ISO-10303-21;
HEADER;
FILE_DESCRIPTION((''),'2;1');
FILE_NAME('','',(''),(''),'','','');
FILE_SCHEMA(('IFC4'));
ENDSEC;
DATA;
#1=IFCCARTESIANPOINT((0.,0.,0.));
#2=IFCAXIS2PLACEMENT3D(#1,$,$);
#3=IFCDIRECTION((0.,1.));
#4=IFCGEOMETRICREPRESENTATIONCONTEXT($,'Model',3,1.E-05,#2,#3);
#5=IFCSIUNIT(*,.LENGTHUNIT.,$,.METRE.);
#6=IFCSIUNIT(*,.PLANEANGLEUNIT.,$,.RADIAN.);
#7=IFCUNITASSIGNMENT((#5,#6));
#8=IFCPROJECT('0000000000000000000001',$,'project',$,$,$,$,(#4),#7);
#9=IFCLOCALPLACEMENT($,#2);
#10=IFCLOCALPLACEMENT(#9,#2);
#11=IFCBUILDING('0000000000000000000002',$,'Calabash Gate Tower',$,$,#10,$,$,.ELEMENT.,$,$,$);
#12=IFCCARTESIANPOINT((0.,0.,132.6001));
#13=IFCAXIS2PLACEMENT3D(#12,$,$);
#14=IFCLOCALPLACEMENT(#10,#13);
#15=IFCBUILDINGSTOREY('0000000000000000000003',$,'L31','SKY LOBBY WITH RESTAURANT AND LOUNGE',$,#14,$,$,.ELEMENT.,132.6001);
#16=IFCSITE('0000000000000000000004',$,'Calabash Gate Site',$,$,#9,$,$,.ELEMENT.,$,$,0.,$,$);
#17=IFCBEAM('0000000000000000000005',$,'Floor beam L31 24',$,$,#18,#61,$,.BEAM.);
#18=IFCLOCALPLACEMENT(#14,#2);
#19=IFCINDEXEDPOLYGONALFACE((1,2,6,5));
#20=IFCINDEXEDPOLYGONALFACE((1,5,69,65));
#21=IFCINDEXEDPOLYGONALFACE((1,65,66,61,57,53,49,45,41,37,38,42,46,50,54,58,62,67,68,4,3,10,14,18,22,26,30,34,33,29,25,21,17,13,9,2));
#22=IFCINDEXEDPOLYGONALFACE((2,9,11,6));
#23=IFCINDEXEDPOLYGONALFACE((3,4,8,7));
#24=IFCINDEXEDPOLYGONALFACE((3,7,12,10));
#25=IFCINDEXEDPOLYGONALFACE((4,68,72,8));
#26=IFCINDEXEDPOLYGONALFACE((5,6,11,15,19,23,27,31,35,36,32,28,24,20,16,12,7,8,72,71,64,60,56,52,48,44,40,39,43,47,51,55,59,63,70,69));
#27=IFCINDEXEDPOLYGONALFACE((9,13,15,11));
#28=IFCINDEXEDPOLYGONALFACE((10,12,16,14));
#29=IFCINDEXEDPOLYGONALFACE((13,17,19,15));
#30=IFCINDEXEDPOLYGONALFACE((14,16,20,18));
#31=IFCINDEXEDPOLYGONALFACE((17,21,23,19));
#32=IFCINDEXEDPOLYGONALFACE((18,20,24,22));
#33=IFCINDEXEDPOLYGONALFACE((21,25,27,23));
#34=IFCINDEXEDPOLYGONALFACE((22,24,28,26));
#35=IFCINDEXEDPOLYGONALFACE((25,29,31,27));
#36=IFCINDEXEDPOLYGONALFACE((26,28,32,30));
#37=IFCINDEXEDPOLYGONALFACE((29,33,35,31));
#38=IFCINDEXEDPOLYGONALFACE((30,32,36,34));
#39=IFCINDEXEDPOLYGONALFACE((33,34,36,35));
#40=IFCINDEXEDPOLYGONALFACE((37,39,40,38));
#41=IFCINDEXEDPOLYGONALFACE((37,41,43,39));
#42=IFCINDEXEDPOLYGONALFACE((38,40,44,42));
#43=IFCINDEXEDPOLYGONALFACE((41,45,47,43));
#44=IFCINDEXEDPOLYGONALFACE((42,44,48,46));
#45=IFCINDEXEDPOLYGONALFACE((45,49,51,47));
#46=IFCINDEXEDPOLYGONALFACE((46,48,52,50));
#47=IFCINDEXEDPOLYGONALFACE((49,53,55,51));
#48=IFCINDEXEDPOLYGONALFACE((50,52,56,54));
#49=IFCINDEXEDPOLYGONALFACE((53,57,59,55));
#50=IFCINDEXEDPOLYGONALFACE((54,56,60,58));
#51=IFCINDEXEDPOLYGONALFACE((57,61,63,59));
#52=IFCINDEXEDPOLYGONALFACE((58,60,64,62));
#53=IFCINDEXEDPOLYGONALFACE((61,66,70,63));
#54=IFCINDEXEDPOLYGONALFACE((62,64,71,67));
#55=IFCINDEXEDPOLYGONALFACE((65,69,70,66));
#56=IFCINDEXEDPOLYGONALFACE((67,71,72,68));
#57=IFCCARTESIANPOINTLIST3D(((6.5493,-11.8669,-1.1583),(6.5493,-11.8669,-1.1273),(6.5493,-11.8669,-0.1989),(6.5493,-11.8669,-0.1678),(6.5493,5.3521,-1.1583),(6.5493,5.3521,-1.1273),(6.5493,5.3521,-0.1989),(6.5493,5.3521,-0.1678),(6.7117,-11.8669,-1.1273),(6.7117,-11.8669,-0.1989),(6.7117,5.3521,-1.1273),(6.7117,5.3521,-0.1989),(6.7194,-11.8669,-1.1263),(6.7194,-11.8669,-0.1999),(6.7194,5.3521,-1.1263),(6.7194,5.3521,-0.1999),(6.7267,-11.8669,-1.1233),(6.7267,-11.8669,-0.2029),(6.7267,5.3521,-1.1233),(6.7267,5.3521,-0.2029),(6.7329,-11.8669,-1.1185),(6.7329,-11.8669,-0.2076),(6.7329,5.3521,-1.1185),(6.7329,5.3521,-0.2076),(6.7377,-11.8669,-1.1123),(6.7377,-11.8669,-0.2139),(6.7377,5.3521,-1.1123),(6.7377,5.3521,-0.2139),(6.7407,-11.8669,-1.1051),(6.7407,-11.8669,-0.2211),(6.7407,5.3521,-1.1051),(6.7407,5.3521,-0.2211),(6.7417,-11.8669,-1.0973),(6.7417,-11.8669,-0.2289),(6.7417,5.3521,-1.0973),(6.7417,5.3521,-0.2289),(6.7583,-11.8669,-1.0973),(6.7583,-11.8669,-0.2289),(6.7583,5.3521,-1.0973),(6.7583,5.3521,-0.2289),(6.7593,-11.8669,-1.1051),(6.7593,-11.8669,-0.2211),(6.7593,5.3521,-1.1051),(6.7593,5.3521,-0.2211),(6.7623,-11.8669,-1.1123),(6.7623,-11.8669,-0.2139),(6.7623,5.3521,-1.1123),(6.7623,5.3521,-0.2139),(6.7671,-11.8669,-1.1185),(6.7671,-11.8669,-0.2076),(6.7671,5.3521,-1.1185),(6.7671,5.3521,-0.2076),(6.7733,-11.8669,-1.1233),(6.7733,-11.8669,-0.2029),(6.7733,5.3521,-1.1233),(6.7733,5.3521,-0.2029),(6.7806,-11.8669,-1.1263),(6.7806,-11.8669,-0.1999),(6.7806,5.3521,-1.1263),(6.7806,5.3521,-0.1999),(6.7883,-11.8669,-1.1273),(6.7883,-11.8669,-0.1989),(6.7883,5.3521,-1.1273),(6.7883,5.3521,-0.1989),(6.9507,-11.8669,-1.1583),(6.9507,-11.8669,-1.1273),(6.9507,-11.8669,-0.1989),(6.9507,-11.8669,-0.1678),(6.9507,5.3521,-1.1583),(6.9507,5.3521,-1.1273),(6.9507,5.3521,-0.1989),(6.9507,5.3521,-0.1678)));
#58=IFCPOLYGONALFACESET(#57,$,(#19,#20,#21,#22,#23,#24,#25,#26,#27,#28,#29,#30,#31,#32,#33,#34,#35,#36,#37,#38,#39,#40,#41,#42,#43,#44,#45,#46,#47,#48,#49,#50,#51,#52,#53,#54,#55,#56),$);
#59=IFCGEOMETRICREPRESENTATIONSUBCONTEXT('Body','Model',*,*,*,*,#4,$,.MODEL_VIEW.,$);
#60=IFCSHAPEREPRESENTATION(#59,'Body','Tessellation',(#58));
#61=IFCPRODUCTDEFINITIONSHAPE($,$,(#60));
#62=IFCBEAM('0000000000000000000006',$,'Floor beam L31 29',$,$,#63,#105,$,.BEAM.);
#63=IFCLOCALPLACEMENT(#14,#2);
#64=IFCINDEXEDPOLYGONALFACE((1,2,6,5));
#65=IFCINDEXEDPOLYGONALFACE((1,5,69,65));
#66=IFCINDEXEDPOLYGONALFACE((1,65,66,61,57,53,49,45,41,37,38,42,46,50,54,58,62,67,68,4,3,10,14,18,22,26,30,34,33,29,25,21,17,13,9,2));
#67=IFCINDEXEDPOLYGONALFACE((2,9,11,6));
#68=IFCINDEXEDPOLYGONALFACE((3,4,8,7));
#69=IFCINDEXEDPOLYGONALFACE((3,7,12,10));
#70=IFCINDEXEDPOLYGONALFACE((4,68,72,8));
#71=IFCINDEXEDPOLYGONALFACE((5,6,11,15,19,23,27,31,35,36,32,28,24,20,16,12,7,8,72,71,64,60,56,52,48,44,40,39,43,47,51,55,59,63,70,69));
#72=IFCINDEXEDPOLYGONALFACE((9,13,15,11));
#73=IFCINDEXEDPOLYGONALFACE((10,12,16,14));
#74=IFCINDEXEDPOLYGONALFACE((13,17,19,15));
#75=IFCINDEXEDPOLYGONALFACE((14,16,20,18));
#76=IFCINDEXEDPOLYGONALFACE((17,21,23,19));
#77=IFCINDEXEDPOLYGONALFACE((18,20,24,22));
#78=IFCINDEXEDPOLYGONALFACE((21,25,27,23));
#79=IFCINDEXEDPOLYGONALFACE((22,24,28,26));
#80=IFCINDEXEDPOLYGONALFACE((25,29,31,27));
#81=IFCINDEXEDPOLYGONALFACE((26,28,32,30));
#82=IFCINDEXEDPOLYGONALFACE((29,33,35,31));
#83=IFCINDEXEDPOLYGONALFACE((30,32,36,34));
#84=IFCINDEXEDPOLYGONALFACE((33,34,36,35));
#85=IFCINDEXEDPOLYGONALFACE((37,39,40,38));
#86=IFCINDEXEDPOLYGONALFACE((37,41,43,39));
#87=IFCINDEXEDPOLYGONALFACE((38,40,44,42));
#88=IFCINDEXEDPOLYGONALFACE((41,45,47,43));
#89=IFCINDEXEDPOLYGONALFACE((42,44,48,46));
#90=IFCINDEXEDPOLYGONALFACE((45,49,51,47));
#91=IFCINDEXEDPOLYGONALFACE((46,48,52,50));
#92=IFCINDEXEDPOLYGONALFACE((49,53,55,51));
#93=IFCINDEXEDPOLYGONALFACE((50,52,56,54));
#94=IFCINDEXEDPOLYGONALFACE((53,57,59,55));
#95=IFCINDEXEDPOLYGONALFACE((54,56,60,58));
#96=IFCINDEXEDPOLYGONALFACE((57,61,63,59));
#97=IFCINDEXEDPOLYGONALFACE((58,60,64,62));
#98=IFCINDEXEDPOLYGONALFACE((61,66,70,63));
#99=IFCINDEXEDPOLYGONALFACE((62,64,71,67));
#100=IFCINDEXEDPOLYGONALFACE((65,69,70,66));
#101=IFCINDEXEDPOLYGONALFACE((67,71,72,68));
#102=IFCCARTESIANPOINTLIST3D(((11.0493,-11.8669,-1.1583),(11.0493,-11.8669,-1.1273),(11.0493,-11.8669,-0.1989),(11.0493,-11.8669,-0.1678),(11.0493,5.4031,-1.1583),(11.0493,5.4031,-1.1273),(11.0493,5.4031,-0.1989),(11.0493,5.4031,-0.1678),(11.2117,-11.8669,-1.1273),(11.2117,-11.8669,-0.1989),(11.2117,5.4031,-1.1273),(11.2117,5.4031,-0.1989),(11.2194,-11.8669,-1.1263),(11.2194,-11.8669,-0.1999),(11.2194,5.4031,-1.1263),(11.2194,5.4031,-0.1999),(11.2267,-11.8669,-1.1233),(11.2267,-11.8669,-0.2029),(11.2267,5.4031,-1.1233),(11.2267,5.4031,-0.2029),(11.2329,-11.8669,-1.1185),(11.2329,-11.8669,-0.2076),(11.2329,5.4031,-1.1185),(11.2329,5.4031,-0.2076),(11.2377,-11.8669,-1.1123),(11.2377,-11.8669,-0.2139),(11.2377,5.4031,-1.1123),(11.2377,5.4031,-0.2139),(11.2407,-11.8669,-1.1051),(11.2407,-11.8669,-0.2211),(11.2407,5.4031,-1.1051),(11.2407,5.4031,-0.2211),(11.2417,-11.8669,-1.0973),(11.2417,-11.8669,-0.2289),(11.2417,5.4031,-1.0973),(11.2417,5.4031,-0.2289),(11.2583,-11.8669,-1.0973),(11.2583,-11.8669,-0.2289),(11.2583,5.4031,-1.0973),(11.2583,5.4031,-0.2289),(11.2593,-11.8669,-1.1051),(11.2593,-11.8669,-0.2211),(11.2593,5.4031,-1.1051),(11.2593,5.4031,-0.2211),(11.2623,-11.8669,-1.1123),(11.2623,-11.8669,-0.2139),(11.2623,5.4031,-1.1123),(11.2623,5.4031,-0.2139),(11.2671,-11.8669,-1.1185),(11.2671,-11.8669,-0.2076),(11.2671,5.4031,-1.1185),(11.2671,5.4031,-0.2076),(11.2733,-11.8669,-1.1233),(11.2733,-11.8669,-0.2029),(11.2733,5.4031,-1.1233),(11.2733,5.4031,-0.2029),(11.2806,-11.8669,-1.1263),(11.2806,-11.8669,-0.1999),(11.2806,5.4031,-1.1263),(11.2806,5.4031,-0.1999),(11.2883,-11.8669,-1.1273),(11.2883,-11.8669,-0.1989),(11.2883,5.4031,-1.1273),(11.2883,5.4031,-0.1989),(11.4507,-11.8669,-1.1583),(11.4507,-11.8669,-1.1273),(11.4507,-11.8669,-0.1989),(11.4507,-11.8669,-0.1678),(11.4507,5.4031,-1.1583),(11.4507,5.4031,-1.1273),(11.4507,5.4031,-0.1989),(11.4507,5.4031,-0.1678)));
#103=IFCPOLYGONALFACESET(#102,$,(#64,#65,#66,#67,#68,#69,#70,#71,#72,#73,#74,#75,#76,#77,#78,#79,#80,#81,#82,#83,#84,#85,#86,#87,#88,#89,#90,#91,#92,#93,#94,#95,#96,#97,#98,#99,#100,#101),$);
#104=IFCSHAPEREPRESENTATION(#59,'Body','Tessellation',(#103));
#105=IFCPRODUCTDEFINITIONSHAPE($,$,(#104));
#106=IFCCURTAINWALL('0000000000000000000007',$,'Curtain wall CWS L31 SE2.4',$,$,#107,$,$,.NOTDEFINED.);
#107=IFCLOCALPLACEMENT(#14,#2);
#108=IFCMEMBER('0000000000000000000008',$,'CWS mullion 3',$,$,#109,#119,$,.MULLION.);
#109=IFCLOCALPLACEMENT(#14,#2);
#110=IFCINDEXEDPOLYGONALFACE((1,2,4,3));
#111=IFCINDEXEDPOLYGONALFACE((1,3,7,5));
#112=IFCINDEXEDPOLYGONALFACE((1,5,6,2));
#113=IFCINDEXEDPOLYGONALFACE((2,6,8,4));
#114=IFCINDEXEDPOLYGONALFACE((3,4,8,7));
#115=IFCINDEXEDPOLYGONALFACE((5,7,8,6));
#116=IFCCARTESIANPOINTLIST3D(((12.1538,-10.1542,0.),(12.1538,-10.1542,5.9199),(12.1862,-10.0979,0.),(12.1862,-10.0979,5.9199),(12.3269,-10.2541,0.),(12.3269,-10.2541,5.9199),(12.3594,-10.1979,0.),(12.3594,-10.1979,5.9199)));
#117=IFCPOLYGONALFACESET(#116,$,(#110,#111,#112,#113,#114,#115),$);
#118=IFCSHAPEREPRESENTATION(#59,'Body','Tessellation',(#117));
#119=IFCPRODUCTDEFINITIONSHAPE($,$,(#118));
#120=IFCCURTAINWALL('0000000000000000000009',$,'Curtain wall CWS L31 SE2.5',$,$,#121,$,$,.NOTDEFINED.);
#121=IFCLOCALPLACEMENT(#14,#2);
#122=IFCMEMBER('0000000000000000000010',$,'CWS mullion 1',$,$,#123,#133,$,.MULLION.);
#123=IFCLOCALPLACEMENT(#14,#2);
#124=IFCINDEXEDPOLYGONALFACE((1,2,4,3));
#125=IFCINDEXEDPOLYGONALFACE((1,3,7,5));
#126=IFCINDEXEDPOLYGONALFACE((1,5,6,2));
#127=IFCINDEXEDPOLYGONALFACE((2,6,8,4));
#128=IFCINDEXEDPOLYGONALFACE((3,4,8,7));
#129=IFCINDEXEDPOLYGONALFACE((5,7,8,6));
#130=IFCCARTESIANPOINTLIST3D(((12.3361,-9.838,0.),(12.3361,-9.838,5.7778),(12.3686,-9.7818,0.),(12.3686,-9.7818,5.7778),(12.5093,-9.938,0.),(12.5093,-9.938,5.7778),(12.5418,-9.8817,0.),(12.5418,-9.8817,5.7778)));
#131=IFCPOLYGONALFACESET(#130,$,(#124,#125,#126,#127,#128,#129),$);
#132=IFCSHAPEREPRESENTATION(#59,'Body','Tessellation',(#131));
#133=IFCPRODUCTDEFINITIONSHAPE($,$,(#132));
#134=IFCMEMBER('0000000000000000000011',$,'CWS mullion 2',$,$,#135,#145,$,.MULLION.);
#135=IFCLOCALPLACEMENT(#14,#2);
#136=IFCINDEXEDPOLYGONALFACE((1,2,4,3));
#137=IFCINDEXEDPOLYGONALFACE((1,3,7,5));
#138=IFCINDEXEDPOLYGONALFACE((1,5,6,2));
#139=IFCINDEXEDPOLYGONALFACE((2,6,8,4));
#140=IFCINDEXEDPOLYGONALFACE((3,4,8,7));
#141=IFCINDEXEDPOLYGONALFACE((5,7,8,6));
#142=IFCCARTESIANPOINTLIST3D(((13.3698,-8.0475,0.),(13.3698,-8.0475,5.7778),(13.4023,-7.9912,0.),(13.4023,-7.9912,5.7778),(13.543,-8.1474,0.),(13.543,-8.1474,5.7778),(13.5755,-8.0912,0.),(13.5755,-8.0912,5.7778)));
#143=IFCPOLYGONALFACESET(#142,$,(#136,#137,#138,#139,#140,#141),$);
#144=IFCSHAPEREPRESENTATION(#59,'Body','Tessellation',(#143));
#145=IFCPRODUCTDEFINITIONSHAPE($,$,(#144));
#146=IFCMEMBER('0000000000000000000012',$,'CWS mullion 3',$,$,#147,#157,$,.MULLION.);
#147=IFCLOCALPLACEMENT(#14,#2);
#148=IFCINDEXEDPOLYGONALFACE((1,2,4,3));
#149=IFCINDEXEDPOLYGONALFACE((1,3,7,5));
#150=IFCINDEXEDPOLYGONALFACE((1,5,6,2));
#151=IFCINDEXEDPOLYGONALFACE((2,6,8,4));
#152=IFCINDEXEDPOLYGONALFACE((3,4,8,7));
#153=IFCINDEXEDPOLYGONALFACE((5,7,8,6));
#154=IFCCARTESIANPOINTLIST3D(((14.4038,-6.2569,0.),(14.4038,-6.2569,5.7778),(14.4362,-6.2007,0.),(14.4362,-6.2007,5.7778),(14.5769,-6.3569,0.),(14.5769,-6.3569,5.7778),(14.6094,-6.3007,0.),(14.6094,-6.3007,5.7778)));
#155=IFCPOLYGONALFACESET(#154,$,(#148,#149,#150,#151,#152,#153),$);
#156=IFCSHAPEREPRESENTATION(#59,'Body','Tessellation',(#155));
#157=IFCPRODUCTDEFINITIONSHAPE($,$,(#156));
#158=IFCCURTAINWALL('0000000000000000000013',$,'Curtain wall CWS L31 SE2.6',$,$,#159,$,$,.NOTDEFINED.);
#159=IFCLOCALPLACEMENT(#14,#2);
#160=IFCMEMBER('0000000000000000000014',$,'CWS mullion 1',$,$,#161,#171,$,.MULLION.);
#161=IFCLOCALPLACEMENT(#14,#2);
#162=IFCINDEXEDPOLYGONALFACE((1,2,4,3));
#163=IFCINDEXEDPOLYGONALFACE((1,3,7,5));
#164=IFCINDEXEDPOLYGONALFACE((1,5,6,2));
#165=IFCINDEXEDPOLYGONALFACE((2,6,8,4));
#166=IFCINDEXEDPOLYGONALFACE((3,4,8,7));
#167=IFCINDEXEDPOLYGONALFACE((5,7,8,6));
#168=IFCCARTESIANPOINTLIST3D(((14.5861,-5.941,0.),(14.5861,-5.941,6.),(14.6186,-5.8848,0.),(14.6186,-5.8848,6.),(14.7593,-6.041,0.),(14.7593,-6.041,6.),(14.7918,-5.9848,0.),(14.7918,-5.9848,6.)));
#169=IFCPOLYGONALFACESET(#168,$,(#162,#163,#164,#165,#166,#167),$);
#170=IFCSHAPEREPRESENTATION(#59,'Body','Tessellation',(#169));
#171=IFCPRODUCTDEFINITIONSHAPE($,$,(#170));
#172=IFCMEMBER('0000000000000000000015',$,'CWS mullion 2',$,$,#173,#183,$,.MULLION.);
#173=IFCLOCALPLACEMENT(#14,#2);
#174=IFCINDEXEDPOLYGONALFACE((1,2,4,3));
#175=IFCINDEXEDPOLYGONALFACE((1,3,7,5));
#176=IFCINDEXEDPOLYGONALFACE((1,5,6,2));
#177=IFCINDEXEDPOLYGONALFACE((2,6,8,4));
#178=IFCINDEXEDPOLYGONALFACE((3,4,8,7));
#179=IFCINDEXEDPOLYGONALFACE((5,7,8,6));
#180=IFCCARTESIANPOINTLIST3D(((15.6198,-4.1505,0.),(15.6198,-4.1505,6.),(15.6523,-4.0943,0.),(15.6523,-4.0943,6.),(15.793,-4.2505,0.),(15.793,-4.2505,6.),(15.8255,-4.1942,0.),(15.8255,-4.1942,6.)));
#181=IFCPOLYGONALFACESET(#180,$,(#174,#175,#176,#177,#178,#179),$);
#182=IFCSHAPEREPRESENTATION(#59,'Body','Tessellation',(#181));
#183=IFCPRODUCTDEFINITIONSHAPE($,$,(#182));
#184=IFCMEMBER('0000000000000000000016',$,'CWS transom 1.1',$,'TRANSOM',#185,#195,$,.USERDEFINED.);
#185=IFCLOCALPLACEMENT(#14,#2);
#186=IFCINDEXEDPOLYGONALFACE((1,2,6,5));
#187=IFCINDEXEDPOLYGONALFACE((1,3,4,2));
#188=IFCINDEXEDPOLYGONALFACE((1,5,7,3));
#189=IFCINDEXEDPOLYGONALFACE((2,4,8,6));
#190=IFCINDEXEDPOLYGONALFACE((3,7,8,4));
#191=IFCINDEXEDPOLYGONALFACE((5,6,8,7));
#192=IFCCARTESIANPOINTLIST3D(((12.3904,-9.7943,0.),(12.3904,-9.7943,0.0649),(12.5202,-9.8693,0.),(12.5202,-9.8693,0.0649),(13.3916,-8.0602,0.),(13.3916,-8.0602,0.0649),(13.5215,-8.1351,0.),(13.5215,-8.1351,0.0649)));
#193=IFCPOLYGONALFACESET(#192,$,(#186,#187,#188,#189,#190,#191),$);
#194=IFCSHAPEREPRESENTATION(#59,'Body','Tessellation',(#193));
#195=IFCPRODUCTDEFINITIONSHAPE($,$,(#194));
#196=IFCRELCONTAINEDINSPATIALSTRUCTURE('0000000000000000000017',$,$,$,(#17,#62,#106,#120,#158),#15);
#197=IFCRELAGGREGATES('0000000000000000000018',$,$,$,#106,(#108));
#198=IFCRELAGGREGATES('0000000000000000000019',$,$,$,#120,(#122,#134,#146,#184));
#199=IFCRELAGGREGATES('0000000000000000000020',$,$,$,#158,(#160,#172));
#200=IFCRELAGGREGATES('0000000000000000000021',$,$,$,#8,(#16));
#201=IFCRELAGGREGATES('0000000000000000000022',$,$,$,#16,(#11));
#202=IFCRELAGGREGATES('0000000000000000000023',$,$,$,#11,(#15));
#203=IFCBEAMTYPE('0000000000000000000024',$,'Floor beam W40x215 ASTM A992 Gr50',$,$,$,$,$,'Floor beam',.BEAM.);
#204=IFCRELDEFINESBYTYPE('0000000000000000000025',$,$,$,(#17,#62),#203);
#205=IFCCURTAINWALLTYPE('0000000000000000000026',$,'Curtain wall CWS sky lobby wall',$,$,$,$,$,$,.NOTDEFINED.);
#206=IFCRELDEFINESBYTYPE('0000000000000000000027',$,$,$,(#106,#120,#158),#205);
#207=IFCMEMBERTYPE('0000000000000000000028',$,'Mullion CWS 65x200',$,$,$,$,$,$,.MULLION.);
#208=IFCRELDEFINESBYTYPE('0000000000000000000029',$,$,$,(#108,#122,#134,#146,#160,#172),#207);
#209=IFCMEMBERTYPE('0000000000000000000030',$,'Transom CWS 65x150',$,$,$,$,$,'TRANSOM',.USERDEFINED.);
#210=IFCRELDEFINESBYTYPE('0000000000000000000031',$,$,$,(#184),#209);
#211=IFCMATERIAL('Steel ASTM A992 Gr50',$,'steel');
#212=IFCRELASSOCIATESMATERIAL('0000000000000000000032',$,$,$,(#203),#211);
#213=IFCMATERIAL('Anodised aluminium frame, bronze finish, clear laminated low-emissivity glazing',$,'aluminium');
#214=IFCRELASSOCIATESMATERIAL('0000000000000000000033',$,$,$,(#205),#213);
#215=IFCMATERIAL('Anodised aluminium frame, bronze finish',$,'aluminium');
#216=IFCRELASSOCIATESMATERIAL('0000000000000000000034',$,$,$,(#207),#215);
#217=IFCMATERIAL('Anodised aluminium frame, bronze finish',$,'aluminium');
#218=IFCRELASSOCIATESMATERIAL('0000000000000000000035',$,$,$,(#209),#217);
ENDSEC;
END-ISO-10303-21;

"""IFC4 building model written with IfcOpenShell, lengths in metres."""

from ifc_helpers import new_model, si_unit, direction, frame, origin, origin_2d, place, context, subcontext, project, spatial, rectangle, i_section, extrude, material, material_profile, profile_set, type_object, element, aggregate, save


model = new_model("IFC4")

# Units and contexts
model_context = context("Model", 3, precision=1e-05, world=origin(), true_north=direction((0.0, 1.0)))
body_context = subcontext(model_context, "Body", "Model", "MODEL_VIEW")
ifc_project = project(units=[si_unit("LENGTHUNIT", "METRE"), si_unit("PLANEANGLEUNIT", "RADIAN")], contexts=[model_context])

# Site, building, storey
site_placement = place(None, origin())
site = spatial("IfcSite", under=ifc_project, at=site_placement, Name="Calabash Gate Site", CompositionType="ELEMENT", RefElevation=0.0)
building_placement = place(site_placement, origin())
building = spatial("IfcBuilding", under=site, at=building_placement, Name="Calabash Gate Tower", CompositionType="ELEMENT")
storey_placement = place(building_placement, frame((0.0, 0.0, 132.6001)))
storey = spatial("IfcBuildingStorey", under=building, at=storey_placement, Name="L31", Description="SKY LOBBY WITH RESTAURANT AND LOUNGE", CompositionType="ELEMENT", Elevation=132.6001)

# Beams
ifc_material_1 = material(Name="Steel ASTM A992 Gr50", Category="steel")
ifc_material_profile_1 = material_profile(ifc_material_1, i_section(OverallWidth=0.4014, OverallDepth=0.9905, WebThickness=0.0166, FlangeThickness=0.031, FilletRadius=0.03, at=origin_2d()))
ifc_profile_set_1 = profile_set([ifc_material_profile_1], Name="Steel ASTM A992 Gr50")
beam_type_1 = type_object("IfcBeamType", Name="Floor beam W40x215 ASTM A992 Gr50", ElementType="Floor beam", PredefinedType="BEAM", material=ifc_profile_set_1)
beam_1_placement = place(storey_placement, frame((6.75, -11.8669, -0.6631), z_axis=(0.0, 1.0, 0.0), x_axis=(-1.0, 0.0, 0.0)))
element("IfcBeam", 1, at=beam_1_placement, inside=storey, type_object=beam_type_1, Name="Floor beam L31 24", PredefinedType="BEAM", context=body_context, shape_type="SweptSolid", body=[
    extrude(i_section(OverallWidth=0.4014, OverallDepth=0.9905, WebThickness=0.0166, FlangeThickness=0.031, FilletRadius=0.03, at=origin_2d()), origin(), (0.0, 0.0, 1.0), 17.219),
])
beam_2_placement = place(storey_placement, frame((11.25, -11.8669, -0.6631), z_axis=(0.0, 1.0, 0.0), x_axis=(-1.0, 0.0, 0.0)))
element("IfcBeam", 2, at=beam_2_placement, inside=storey, type_object=beam_type_1, Name="Floor beam L31 29", PredefinedType="BEAM", context=body_context, shape_type="SweptSolid", body=[
    extrude(i_section(OverallWidth=0.4014, OverallDepth=0.9905, WebThickness=0.0166, FlangeThickness=0.031, FilletRadius=0.03, at=origin_2d()), origin(), (0.0, 0.0, 1.0), 17.27),
])

# Curtain wall, member
ifc_material_2 = material(Name="Anodised aluminium frame, bronze finish, clear laminated low-emissivity glazing", Category="aluminium")
curtain_wall_type = type_object("IfcCurtainWallType", Name="Curtain wall CWS sky lobby wall", PredefinedType="NOTDEFINED", material=ifc_material_2)
curtain_wall_1_placement = place(storey_placement, origin())
curtain_wall_1 = element("IfcCurtainWall", 3, at=curtain_wall_1_placement, inside=storey, type_object=curtain_wall_type, Name="Curtain wall CWS L31 SE2.4", PredefinedType="NOTDEFINED")
ifc_material_3 = material(Name="Anodised aluminium frame, bronze finish", Category="aluminium")
ifc_material_profile_2 = material_profile(ifc_material_3, rectangle(XDim=0.2, YDim=0.0649, at=origin_2d()))
ifc_profile_set_2 = profile_set([ifc_material_profile_2], Name="Anodised aluminium frame, bronze finish")
member_type_1 = type_object("IfcMemberType", Name="Mullion CWS 65x200", PredefinedType="MULLION", material=ifc_profile_set_2)
member_1_placement = place(storey_placement, frame((12.2566, -10.176, 0.0), z_axis=(0.0, 0.0, 1.0), x_axis=(-0.866025, 0.5, 0.0)))
member_1 = element("IfcMember", 4, at=member_1_placement, type_object=member_type_1, Name="CWS mullion 3", PredefinedType="MULLION", context=body_context, shape_type="SweptSolid", body=[
    extrude(rectangle(XDim=0.2, YDim=0.0649, at=origin_2d()), origin(), (0.0, 0.0, 1.0), 5.9199),
])

# Curtain walls, members
curtain_wall_2_placement = place(storey_placement, origin())
curtain_wall_2 = element("IfcCurtainWall", 5, at=curtain_wall_2_placement, inside=storey, type_object=curtain_wall_type, Name="Curtain wall CWS L31 SE2.5", PredefinedType="NOTDEFINED")
member_2_placement = place(storey_placement, frame((12.439, -9.8599, 0.0), z_axis=(0.0, 0.0, 1.0), x_axis=(-0.866025, 0.5, 0.0)))
member_2 = element("IfcMember", 6, at=member_2_placement, type_object=member_type_1, Name="CWS mullion 1", PredefinedType="MULLION", context=body_context, shape_type="SweptSolid", body=[
    extrude(rectangle(XDim=0.2, YDim=0.0649, at=origin_2d()), origin(), (0.0, 0.0, 1.0), 5.7778),
])
member_3_placement = place(storey_placement, frame((13.4727, -8.0693, 0.0), z_axis=(0.0, 0.0, 1.0), x_axis=(-0.866025, 0.5, 0.0)))
member_3 = element("IfcMember", 7, at=member_3_placement, type_object=member_type_1, Name="CWS mullion 2", PredefinedType="MULLION", context=body_context, shape_type="SweptSolid", body=[
    extrude(rectangle(XDim=0.2, YDim=0.0649, at=origin_2d()), origin(), (0.0, 0.0, 1.0), 5.7778),
])
member_4_placement = place(storey_placement, frame((14.5066, -6.2788, 0.0), z_axis=(0.0, 0.0, 1.0), x_axis=(-0.866025, 0.5, 0.0)))
member_4 = element("IfcMember", 8, at=member_4_placement, type_object=member_type_1, Name="CWS mullion 3", PredefinedType="MULLION", context=body_context, shape_type="SweptSolid", body=[
    extrude(rectangle(XDim=0.2, YDim=0.0649, at=origin_2d()), origin(), (0.0, 0.0, 1.0), 5.7778),
])
curtain_wall_3_placement = place(storey_placement, origin())
curtain_wall_3 = element("IfcCurtainWall", 9, at=curtain_wall_3_placement, inside=storey, type_object=curtain_wall_type, Name="Curtain wall CWS L31 SE2.6", PredefinedType="NOTDEFINED")
member_5_placement = place(storey_placement, frame((14.689, -5.9629, 0.0), z_axis=(0.0, 0.0, 1.0), x_axis=(-0.866025, 0.5, 0.0)))
member_5 = element("IfcMember", 10, at=member_5_placement, type_object=member_type_1, Name="CWS mullion 1", PredefinedType="MULLION", context=body_context, shape_type="SweptSolid", body=[
    extrude(rectangle(XDim=0.2, YDim=0.0649, at=origin_2d()), origin(), (0.0, 0.0, 1.0), 6.0),
])
member_6_placement = place(storey_placement, frame((15.7227, -4.1724, 0.0), z_axis=(0.0, 0.0, 1.0), x_axis=(-0.866025, 0.5, 0.0)))
member_6 = element("IfcMember", 11, at=member_6_placement, type_object=member_type_1, Name="CWS mullion 2", PredefinedType="MULLION", context=body_context, shape_type="SweptSolid", body=[
    extrude(rectangle(XDim=0.2, YDim=0.0649, at=origin_2d()), origin(), (0.0, 0.0, 1.0), 6.0),
])

# Member
ifc_material_4 = material(Name="Anodised aluminium frame, bronze finish", Category="aluminium")
ifc_material_profile_3 = material_profile(ifc_material_4, rectangle(XDim=0.1499, YDim=0.0649, at=origin_2d()))
ifc_profile_set_3 = profile_set([ifc_material_profile_3], Name="Anodised aluminium frame, bronze finish")
member_type_2 = type_object("IfcMemberType", Name="Transom CWS 65x150", ElementType="TRANSOM", PredefinedType="USERDEFINED", material=ifc_profile_set_3)
member_7_placement = place(storey_placement, frame((12.4553, -9.8318, 0.0325), z_axis=(0.500007, 0.866021, 0.0), x_axis=(-0.866021, 0.500007, 0.0)))
member_7 = element("IfcMember", 12, at=member_7_placement, type_object=member_type_2, Name="CWS transom 1.1", ObjectType="TRANSOM", PredefinedType="USERDEFINED", context=body_context, shape_type="SweptSolid", body=[
    extrude(rectangle(XDim=0.1499, YDim=0.0649, at=origin_2d()), origin(), (0.0, 0.0, 1.0), 2.0024),
])

aggregate(curtain_wall_1, [member_1])
aggregate(curtain_wall_2, [member_2, member_3, member_4, member_7])
aggregate(curtain_wall_3, [member_5, member_6])

save(model, "model.ifc")
